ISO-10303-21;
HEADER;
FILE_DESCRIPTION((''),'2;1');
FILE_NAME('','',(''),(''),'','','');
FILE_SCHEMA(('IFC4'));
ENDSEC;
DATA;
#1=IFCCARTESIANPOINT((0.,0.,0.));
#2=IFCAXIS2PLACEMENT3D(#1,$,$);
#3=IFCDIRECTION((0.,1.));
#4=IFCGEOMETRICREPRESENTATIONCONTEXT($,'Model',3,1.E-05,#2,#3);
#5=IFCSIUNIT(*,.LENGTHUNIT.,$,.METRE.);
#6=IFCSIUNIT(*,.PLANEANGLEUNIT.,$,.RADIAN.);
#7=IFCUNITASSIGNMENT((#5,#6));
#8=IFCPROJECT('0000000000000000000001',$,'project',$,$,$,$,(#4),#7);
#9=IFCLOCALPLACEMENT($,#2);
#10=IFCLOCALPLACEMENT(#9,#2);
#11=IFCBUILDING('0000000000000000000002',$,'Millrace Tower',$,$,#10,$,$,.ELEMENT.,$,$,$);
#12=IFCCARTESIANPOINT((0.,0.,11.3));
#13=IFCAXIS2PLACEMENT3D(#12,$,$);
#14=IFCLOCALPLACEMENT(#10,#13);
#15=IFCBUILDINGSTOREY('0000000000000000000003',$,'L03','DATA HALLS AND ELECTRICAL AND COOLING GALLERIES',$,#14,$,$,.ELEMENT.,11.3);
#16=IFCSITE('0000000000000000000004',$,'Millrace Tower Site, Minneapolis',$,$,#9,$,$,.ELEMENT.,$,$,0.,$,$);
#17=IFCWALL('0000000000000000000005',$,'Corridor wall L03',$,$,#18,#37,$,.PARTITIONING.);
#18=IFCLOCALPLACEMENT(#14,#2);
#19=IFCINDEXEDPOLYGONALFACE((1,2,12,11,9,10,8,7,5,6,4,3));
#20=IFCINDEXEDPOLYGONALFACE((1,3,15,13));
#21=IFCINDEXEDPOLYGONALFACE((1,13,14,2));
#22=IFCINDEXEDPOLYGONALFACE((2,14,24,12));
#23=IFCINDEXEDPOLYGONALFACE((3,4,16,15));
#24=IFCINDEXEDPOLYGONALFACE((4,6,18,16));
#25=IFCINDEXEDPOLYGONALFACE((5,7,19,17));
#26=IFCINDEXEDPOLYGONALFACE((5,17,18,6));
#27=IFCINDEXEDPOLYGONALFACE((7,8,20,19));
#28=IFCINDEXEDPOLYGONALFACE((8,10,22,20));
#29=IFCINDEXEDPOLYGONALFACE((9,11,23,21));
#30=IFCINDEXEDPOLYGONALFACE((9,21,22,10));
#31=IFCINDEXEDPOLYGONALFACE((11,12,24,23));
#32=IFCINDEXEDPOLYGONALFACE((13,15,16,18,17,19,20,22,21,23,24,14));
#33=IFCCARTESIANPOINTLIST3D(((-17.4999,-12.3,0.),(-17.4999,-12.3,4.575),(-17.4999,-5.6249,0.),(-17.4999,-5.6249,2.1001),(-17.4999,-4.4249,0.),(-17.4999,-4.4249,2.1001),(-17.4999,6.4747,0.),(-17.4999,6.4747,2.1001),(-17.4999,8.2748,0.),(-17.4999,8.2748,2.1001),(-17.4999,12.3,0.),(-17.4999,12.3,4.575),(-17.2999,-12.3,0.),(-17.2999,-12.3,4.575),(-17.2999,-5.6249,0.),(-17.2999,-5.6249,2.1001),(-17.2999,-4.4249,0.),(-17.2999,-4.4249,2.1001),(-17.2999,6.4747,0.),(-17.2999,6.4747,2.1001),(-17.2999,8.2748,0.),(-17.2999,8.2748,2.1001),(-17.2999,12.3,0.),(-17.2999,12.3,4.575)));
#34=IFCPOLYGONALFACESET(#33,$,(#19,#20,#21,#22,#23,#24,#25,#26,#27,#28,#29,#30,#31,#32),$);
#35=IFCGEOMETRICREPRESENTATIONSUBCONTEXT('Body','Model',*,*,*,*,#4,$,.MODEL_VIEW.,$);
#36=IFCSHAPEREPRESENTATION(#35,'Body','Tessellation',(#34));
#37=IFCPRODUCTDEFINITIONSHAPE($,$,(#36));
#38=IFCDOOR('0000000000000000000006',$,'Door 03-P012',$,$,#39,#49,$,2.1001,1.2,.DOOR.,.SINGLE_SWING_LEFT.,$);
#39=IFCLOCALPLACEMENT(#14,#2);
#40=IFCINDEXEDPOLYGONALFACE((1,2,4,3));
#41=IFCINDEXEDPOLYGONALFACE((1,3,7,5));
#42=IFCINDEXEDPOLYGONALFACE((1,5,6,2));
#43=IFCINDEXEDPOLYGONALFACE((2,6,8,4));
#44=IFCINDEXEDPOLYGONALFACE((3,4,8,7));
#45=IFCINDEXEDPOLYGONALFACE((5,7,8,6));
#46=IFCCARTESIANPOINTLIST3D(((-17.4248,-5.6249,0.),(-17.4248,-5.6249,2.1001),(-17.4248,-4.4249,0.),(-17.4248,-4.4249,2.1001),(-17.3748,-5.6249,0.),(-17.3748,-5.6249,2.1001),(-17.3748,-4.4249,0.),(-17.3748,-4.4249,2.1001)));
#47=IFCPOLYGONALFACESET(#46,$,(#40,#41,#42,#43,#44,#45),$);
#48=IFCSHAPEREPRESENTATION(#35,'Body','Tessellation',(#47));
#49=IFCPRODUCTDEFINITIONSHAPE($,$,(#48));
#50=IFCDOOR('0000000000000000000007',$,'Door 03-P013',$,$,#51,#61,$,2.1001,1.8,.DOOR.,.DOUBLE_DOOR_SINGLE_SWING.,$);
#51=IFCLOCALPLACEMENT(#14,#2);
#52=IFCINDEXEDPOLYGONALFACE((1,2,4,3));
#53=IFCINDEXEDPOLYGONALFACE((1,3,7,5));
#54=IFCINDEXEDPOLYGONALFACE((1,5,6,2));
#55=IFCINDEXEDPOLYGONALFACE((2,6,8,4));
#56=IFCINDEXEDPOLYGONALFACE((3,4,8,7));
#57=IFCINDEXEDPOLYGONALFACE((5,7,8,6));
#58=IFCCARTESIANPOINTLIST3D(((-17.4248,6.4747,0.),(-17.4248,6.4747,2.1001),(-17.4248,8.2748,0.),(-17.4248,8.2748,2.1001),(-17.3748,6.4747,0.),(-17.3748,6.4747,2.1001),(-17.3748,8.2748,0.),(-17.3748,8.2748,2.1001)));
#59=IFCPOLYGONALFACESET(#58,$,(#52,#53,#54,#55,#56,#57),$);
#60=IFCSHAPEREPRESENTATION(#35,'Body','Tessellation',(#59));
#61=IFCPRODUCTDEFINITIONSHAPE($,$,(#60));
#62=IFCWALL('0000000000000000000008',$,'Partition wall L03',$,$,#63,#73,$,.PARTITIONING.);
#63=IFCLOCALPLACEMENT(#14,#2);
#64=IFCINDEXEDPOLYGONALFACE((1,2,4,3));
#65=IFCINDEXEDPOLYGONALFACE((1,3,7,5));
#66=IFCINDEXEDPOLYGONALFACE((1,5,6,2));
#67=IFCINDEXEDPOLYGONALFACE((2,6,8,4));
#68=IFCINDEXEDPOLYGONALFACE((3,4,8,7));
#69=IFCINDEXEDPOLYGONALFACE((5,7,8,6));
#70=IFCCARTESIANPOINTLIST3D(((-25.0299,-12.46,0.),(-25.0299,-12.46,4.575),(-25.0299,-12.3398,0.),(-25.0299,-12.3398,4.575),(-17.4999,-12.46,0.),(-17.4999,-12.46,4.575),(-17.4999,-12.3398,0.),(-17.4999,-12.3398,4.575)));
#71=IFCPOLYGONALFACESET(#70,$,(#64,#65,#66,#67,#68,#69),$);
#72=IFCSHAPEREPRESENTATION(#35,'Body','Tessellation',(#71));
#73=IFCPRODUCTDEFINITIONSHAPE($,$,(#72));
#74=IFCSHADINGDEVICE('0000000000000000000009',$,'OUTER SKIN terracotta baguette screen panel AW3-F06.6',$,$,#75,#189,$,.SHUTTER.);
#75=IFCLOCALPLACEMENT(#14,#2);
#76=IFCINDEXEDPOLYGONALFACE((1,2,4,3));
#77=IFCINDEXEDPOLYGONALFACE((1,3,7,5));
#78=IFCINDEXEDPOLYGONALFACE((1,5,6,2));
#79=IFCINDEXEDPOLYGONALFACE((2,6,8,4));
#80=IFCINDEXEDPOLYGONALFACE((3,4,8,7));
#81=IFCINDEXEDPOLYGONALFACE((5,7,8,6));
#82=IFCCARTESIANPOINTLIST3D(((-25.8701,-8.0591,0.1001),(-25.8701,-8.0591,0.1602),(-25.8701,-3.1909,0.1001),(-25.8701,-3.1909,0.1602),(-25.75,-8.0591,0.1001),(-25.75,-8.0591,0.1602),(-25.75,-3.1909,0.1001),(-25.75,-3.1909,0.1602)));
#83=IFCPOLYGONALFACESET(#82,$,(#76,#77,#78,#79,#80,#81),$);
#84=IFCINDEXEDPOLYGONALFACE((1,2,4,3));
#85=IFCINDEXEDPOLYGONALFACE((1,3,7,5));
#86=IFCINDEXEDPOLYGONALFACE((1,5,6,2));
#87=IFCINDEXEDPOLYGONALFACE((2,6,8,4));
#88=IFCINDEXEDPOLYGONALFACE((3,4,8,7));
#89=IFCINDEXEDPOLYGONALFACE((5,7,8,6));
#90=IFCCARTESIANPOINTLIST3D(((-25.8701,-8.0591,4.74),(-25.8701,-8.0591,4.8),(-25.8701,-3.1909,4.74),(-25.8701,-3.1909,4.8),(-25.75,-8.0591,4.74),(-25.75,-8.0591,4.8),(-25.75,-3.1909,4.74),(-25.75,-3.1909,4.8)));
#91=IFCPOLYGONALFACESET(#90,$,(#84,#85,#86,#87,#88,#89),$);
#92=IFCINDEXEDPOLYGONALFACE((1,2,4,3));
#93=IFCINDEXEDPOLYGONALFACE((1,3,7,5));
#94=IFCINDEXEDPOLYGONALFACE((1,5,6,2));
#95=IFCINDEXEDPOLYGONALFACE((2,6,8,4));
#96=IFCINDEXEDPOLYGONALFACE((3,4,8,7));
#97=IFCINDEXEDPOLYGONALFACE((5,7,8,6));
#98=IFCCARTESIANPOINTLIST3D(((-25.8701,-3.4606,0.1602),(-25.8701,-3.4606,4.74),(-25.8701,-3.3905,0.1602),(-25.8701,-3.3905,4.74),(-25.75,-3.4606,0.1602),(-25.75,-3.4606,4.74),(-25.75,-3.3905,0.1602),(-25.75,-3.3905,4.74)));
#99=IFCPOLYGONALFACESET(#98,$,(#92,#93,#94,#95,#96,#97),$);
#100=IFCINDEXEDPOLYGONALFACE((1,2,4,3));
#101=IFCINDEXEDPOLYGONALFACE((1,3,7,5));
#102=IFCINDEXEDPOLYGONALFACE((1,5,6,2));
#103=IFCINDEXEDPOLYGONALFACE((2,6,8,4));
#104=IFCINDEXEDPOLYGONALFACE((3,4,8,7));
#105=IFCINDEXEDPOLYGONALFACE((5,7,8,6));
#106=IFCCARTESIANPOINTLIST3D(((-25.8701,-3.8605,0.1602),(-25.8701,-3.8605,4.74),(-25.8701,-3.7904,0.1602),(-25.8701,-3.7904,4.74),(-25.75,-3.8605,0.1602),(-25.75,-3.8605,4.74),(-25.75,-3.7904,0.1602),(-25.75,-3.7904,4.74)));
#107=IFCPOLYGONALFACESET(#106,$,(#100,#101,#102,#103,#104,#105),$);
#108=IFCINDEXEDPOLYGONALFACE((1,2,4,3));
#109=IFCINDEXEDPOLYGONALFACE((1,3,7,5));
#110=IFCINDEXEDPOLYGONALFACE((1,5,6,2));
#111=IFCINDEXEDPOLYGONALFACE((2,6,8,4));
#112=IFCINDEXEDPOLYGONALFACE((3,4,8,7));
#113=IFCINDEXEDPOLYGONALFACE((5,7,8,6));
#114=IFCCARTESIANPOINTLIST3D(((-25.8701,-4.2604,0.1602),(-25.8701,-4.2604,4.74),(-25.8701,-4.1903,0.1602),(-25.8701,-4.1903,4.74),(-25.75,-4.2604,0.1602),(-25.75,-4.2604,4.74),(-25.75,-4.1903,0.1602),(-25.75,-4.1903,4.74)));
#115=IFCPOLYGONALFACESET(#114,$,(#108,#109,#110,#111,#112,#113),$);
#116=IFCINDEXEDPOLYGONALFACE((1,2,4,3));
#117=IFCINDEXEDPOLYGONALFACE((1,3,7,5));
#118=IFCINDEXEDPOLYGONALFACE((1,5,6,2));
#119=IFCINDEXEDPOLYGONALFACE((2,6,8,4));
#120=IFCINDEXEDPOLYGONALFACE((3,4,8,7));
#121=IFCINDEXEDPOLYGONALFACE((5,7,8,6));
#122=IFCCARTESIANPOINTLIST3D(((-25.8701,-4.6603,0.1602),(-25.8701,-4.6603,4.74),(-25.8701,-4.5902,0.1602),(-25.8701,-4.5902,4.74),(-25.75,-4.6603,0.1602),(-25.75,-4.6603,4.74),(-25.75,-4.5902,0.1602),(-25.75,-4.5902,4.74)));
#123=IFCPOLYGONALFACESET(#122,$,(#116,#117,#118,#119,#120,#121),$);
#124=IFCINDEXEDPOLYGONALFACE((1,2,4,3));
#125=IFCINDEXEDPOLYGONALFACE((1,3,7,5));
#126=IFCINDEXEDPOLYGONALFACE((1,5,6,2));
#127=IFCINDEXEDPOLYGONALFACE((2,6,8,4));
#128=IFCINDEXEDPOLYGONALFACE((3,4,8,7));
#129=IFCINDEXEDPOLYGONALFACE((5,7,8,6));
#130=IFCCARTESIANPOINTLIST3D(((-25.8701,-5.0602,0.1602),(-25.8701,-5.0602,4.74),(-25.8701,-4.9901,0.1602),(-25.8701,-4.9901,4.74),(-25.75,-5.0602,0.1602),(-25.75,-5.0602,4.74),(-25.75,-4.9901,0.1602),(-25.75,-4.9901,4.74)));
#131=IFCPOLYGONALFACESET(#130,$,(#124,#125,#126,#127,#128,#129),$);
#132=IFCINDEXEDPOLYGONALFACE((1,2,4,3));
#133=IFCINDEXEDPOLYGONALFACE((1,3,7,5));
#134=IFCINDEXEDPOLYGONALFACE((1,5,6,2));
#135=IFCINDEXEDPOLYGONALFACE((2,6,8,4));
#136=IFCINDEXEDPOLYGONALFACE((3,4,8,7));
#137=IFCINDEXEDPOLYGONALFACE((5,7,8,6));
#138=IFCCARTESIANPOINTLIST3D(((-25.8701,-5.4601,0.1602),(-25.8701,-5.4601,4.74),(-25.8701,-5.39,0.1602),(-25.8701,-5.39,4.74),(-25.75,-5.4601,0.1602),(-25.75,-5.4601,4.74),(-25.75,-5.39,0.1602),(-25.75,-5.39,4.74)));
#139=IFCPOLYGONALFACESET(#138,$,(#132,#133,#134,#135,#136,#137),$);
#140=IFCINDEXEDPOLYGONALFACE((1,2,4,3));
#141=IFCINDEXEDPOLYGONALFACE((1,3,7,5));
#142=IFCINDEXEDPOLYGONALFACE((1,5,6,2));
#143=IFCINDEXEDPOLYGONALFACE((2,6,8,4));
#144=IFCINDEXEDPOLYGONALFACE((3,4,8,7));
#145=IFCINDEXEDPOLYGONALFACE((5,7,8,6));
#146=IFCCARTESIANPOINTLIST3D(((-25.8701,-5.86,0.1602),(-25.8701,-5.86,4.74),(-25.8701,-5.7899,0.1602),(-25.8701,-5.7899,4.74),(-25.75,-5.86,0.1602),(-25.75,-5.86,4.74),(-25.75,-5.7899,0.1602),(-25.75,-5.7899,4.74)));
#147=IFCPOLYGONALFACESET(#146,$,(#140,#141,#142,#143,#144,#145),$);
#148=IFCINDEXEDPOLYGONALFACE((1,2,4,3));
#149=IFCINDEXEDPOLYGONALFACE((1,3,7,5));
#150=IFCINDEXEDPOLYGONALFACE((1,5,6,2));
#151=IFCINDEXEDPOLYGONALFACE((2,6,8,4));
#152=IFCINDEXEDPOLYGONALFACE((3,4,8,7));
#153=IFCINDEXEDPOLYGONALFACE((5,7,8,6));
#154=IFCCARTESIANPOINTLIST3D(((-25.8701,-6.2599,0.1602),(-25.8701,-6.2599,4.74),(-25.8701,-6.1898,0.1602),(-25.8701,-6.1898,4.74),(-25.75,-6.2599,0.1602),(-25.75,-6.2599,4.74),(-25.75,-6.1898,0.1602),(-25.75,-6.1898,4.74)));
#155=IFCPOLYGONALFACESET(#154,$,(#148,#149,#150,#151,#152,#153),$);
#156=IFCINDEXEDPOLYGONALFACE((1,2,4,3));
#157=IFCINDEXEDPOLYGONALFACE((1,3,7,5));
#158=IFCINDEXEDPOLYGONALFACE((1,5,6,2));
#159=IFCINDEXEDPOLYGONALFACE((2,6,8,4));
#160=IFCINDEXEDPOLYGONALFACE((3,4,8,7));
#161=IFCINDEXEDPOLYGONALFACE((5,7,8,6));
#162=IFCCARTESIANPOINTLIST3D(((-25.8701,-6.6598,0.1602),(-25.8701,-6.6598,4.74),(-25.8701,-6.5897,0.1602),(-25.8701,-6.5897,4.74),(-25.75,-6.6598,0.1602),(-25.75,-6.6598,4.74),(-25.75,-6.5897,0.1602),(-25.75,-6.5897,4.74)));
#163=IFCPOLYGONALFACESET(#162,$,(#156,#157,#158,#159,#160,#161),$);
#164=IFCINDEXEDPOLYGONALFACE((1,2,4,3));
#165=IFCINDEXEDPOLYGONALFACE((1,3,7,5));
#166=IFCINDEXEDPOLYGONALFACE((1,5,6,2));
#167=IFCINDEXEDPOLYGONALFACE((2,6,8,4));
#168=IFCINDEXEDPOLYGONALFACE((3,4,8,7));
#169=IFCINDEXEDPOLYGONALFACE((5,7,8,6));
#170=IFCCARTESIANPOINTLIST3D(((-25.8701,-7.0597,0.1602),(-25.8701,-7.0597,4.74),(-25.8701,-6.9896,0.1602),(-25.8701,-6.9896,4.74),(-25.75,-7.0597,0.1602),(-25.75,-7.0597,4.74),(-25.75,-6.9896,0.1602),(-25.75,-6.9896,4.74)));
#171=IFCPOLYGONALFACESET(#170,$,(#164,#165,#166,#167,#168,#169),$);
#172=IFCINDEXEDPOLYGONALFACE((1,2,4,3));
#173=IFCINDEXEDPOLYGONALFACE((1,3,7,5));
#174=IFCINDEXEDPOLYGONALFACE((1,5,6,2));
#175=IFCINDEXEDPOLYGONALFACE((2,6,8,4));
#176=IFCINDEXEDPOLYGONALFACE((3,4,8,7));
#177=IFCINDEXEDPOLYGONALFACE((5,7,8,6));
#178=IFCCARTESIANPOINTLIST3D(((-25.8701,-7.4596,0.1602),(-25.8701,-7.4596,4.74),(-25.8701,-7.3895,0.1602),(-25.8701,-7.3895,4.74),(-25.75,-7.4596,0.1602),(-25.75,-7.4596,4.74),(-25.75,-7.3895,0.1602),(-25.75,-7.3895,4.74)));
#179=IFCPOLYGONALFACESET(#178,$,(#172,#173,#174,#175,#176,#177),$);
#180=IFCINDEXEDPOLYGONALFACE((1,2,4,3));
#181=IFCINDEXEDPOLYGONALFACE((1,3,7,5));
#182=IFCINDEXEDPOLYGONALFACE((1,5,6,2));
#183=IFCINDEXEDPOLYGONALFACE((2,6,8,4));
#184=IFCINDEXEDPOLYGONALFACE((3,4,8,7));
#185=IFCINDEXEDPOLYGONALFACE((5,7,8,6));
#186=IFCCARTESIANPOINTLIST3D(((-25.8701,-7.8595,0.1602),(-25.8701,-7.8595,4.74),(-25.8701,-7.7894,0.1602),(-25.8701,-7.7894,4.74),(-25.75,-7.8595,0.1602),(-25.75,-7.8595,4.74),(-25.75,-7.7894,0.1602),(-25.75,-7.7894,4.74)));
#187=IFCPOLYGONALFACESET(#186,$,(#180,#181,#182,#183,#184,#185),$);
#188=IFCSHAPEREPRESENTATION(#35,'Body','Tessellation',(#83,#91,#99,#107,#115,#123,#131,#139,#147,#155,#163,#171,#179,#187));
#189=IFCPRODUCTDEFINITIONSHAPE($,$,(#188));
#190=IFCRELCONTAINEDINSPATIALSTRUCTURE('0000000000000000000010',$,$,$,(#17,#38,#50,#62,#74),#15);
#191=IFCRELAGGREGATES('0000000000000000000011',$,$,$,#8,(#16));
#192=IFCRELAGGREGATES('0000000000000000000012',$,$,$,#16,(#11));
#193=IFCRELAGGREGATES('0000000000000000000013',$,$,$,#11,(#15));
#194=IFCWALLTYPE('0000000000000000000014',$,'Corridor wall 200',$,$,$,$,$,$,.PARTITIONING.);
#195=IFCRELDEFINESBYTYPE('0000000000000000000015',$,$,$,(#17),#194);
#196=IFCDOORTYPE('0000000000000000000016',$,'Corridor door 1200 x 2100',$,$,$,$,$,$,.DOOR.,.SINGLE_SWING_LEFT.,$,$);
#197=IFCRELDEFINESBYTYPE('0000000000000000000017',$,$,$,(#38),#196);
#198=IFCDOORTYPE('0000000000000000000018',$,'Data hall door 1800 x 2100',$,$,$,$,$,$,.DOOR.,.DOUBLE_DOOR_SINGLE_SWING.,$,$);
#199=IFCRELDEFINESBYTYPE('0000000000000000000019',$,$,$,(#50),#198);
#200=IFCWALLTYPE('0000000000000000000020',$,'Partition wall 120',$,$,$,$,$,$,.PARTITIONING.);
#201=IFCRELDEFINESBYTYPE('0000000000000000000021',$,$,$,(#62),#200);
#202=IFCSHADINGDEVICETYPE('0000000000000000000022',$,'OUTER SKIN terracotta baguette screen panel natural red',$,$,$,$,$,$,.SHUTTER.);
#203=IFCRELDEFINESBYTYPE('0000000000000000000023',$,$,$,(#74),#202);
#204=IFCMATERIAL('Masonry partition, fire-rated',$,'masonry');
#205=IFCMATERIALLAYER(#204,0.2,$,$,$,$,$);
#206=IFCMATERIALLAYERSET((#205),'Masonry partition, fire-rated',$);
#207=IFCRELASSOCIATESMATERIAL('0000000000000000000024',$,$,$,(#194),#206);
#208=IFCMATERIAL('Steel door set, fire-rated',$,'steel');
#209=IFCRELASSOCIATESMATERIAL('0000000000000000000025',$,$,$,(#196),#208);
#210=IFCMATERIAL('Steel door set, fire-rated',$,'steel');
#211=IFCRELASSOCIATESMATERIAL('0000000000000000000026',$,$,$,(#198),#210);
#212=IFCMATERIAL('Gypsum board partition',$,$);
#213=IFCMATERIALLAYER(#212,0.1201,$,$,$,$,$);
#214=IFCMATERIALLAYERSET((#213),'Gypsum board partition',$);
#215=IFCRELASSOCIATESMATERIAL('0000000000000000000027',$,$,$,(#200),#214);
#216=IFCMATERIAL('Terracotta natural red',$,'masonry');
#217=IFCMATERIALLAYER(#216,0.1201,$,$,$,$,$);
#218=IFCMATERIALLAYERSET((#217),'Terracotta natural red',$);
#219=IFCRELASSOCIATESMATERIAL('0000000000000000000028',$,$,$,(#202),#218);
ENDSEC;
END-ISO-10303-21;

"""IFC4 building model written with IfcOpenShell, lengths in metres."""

from ifc_helpers import new_model, entity, si_unit, direction, frame, frame_2d, origin, place, context, subcontext, project, spatial, rectangle, extrude, source, transform, mapped, material, layer, layer_set, type_object, element, fill, save


model = new_model("IFC4")

# Units and contexts
model_context = context("Model", 3, precision=1e-05, world=origin(), true_north=direction((0.0, 1.0)))
body_context = subcontext(model_context, "Body", "Model", "MODEL_VIEW")
ifc_project = project(units=[si_unit("LENGTHUNIT", "METRE"), si_unit("PLANEANGLEUNIT", "RADIAN")], contexts=[model_context])

# Site, building, storey
site_placement = place(None, origin())
site = spatial("IfcSite", under=ifc_project, at=site_placement, Name="Millrace Tower Site, Minneapolis", CompositionType="ELEMENT", RefElevation=0.0)
building_placement = place(site_placement, origin())
building = spatial("IfcBuilding", under=site, at=building_placement, Name="Millrace Tower", CompositionType="ELEMENT")
storey_placement = place(building_placement, frame((0.0, 0.0, 11.3)))
storey = spatial("IfcBuildingStorey", under=building, at=storey_placement, Name="L03", Description="DATA HALLS AND ELECTRICAL AND COOLING GALLERIES", CompositionType="ELEMENT", Elevation=11.3)

# Shared definitions
ifc_material_1 = material(Name="Masonry partition, fire-rated", Category="masonry")
ifc_layer_1 = layer(ifc_material_1, 0.2)
ifc_layer_set_1 = layer_set([ifc_layer_1], Name="Masonry partition, fire-rated")
wall_type_1 = type_object("IfcWallType", Name="Corridor wall 200", PredefinedType="PARTITIONING", material=ifc_layer_set_1)

# Wall, openings, doors
wall_1_placement = place(storey_placement, frame((-17.3999, -12.3, 0.0), z_axis=(0.0, 0.0, 1.0), x_axis=(0.0, 1.0, 0.0)))
wall_1 = element("IfcWall", 1, at=wall_1_placement, inside=storey, type_object=wall_type_1, Name="Corridor wall L03", PredefinedType="PARTITIONING", context=body_context, shape_type="SweptSolid", body=[
    extrude(rectangle(XDim=24.6001, YDim=0.2, at=frame_2d((12.3, 0.0))), origin(), (0.0, 0.0, 1.0), 4.575),
])
opening_1_placement = place(wall_1_placement, frame((6.675, 0.0, 0.0)))
opening_1 = element("IfcOpeningElement", 2, at=opening_1_placement, cuts=wall_1, PredefinedType="OPENING", context=body_context, shape_type="SweptSolid", body=[
    extrude(rectangle(XDim=1.2, YDim=2.1001, at=frame_2d((0.6001, 1.05))), frame((0.0, 0.1099, 0.0), z_axis=(0.0, -1.0, 0.0), x_axis=(1.0, 0.0, 0.0)), (0.0, 0.0, 1.0), 0.22),
])
opening_2_placement = place(wall_1_placement, frame((18.7749, 0.0, 0.0)))
opening_2 = element("IfcOpeningElement", 3, at=opening_2_placement, cuts=wall_1, PredefinedType="OPENING", context=body_context, shape_type="SweptSolid", body=[
    extrude(rectangle(XDim=1.8, YDim=2.1001, at=frame_2d((0.8999, 1.05))), frame((0.0, 0.1099, 0.0), z_axis=(0.0, -1.0, 0.0), x_axis=(1.0, 0.0, 0.0)), (0.0, 0.0, 1.0), 0.22),
])
ifc_material_2 = material(Name="Steel door set, fire-rated", Category="steel")
door_type_1 = type_object("IfcDoorType", Name="Corridor door 1200 x 2100", OperationType="SINGLE_SWING_LEFT", PredefinedType="DOOR", material=ifc_material_2)
door_1_placement = place(opening_1_placement, origin())
door_1 = element("IfcDoor", 4, at=door_1_placement, inside=storey, type_object=door_type_1, Name="Door 03-P012", OperationType="SINGLE_SWING_LEFT", OverallHeight=2.1001, OverallWidth=1.2, PredefinedType="DOOR", context=body_context, shape_type="SweptSolid", body=[
    extrude(rectangle(XDim=1.2, YDim=2.1001, at=frame_2d((0.6001, 1.05))), frame((0.0, 0.0249, 0.0), z_axis=(0.0, -1.0, 0.0), x_axis=(1.0, 0.0, 0.0)), (0.0, 0.0, 1.0), 0.05),
])
fill(opening_1, door_1)
ifc_material_3 = material(Name="Steel door set, fire-rated", Category="steel")
door_type_2 = type_object("IfcDoorType", Name="Data hall door 1800 x 2100", OperationType="DOUBLE_DOOR_SINGLE_SWING", PredefinedType="DOOR", material=ifc_material_3)
door_2_placement = place(opening_2_placement, origin())
door_2 = element("IfcDoor", 5, at=door_2_placement, inside=storey, type_object=door_type_2, Name="Door 03-P013", OperationType="DOUBLE_DOOR_SINGLE_SWING", OverallHeight=2.1001, OverallWidth=1.8, PredefinedType="DOOR", context=body_context, shape_type="SweptSolid", body=[
    extrude(rectangle(XDim=1.8, YDim=2.1001, at=frame_2d((0.8999, 1.05))), frame((0.0, 0.0249, 0.0), z_axis=(0.0, -1.0, 0.0), x_axis=(1.0, 0.0, 0.0)), (0.0, 0.0, 1.0), 0.05),
])
fill(opening_2, door_2)

# Wall
ifc_material_4 = material(Name="Gypsum board partition")
ifc_layer_2 = layer(ifc_material_4, 0.1201)
ifc_layer_set_2 = layer_set([ifc_layer_2], Name="Gypsum board partition")
wall_type_2 = type_object("IfcWallType", Name="Partition wall 120", PredefinedType="PARTITIONING", material=ifc_layer_set_2)
wall_2_placement = place(storey_placement, frame((-25.03, -12.3999, 0.0), z_axis=(0.0, 0.0, 1.0), x_axis=(1.0, 0.0, 0.0)))
element("IfcWall", 6, at=wall_2_placement, inside=storey, type_object=wall_type_2, Name="Partition wall L03", PredefinedType="PARTITIONING", context=body_context, shape_type="SweptSolid", body=[
    extrude(rectangle(XDim=7.53, YDim=0.1201, at=frame_2d((3.7651, 0.0))), origin(), (0.0, 0.0, 1.0), 4.575),
])

# Shading device
cartesian_point = entity("IfcCartesianPoint", [-2.4341, 0.0601])
shared_polyline = entity("IfcPolyline", [cartesian_point, entity("IfcCartesianPoint", [2.4341, 0.0601]), entity("IfcCartesianPoint", [2.4341, -0.0601]), entity("IfcCartesianPoint", [-2.4341, -0.0601]), cartesian_point])
ifc_material_5 = material(Name="Terracotta natural red", Category="masonry")
ifc_layer_3 = layer(ifc_material_5, 0.1201)
ifc_layer_set_3 = layer_set([ifc_layer_3], Name="Terracotta natural red")
shading_device_type_1 = type_object("IfcShadingDeviceType", Name="OUTER SKIN terracotta baguette screen panel natural red", PredefinedType="SHUTTER", material=ifc_layer_set_3)
shared_shape_1 = source(origin(), body_context, "Body", "SweptSolid", [
    entity("IfcExtrudedAreaSolid", entity("IfcArbitraryClosedProfileDef", "AREA", None, shared_polyline), entity("IfcAxis2Placement3D", entity("IfcCartesianPoint", [0.0, 0.0, 0.0])), entity("IfcDirection", [0.0, 0.0, 1.0]), 0.0601),
    entity("IfcExtrudedAreaSolid", entity("IfcArbitraryClosedProfileDef", "AREA", None, shared_polyline), entity("IfcAxis2Placement3D", entity("IfcCartesianPoint", [0.0, 0.0, 4.6399])), entity("IfcDirection", [0.0, 0.0, 1.0]), 0.0601),
    extrude(rectangle(XDim=0.0701, YDim=0.1201, at=frame_2d((-2.1995, 0.0))), frame((0.0, 0.0, 0.0601)), (0.0, 0.0, 1.0), 4.5798),
    extrude(rectangle(XDim=0.0701, YDim=0.1201, at=frame_2d((-1.7996, 0.0))), frame((0.0, 0.0, 0.0601)), (0.0, 0.0, 1.0), 4.5798),
    extrude(rectangle(XDim=0.0701, YDim=0.1201, at=frame_2d((-1.3997, 0.0))), frame((0.0, 0.0, 0.0601)), (0.0, 0.0, 1.0), 4.5798),
    extrude(rectangle(XDim=0.0701, YDim=0.1201, at=frame_2d((-0.9998, 0.0))), frame((0.0, 0.0, 0.0601)), (0.0, 0.0, 1.0), 4.5798),
    extrude(rectangle(XDim=0.0701, YDim=0.1201, at=frame_2d((-0.5999, 0.0))), frame((0.0, 0.0, 0.0601)), (0.0, 0.0, 1.0), 4.5798),
    extrude(rectangle(XDim=0.0701, YDim=0.1201, at=frame_2d((-0.2, 0.0))), frame((0.0, 0.0, 0.0601)), (0.0, 0.0, 1.0), 4.5798),
    extrude(rectangle(XDim=0.0701, YDim=0.1201, at=frame_2d((0.2, 0.0))), frame((0.0, 0.0, 0.0601)), (0.0, 0.0, 1.0), 4.5798),
    extrude(rectangle(XDim=0.0701, YDim=0.1201, at=frame_2d((0.5999, 0.0))), frame((0.0, 0.0, 0.0601)), (0.0, 0.0, 1.0), 4.5798),
    extrude(rectangle(XDim=0.0701, YDim=0.1201, at=frame_2d((0.9998, 0.0))), frame((0.0, 0.0, 0.0601)), (0.0, 0.0, 1.0), 4.5798),
    extrude(rectangle(XDim=0.0701, YDim=0.1201, at=frame_2d((1.3997, 0.0))), frame((0.0, 0.0, 0.0601)), (0.0, 0.0, 1.0), 4.5798),
    extrude(rectangle(XDim=0.0701, YDim=0.1201, at=frame_2d((1.7996, 0.0))), frame((0.0, 0.0, 0.0601)), (0.0, 0.0, 1.0), 4.5798),
    extrude(rectangle(XDim=0.0701, YDim=0.1201, at=frame_2d((2.1995, 0.0))), frame((0.0, 0.0, 0.0601)), (0.0, 0.0, 1.0), 4.5798),
])
for number, where, z_axis, x_axis, name in (
    (7, (-25.8101, -5.625, 0.1001), (0.0, 0.0, 1.0), (0.0, -1.0, 0.0), "OUTER SKIN terracotta baguette screen panel AW3-F06.6"),
):
    element("IfcShadingDevice", number, at=place(storey_placement, frame(where, z_axis=z_axis, x_axis=x_axis)), inside=storey, type_object=shading_device_type_1, Name=name, PredefinedType="SHUTTER", context=body_context, shape_type="MappedRepresentation", body=[
        mapped(shared_shape_1, transform((0.0, 0.0, 0.0), scale=1.0)),
    ])

save(model, "model.ifc")
